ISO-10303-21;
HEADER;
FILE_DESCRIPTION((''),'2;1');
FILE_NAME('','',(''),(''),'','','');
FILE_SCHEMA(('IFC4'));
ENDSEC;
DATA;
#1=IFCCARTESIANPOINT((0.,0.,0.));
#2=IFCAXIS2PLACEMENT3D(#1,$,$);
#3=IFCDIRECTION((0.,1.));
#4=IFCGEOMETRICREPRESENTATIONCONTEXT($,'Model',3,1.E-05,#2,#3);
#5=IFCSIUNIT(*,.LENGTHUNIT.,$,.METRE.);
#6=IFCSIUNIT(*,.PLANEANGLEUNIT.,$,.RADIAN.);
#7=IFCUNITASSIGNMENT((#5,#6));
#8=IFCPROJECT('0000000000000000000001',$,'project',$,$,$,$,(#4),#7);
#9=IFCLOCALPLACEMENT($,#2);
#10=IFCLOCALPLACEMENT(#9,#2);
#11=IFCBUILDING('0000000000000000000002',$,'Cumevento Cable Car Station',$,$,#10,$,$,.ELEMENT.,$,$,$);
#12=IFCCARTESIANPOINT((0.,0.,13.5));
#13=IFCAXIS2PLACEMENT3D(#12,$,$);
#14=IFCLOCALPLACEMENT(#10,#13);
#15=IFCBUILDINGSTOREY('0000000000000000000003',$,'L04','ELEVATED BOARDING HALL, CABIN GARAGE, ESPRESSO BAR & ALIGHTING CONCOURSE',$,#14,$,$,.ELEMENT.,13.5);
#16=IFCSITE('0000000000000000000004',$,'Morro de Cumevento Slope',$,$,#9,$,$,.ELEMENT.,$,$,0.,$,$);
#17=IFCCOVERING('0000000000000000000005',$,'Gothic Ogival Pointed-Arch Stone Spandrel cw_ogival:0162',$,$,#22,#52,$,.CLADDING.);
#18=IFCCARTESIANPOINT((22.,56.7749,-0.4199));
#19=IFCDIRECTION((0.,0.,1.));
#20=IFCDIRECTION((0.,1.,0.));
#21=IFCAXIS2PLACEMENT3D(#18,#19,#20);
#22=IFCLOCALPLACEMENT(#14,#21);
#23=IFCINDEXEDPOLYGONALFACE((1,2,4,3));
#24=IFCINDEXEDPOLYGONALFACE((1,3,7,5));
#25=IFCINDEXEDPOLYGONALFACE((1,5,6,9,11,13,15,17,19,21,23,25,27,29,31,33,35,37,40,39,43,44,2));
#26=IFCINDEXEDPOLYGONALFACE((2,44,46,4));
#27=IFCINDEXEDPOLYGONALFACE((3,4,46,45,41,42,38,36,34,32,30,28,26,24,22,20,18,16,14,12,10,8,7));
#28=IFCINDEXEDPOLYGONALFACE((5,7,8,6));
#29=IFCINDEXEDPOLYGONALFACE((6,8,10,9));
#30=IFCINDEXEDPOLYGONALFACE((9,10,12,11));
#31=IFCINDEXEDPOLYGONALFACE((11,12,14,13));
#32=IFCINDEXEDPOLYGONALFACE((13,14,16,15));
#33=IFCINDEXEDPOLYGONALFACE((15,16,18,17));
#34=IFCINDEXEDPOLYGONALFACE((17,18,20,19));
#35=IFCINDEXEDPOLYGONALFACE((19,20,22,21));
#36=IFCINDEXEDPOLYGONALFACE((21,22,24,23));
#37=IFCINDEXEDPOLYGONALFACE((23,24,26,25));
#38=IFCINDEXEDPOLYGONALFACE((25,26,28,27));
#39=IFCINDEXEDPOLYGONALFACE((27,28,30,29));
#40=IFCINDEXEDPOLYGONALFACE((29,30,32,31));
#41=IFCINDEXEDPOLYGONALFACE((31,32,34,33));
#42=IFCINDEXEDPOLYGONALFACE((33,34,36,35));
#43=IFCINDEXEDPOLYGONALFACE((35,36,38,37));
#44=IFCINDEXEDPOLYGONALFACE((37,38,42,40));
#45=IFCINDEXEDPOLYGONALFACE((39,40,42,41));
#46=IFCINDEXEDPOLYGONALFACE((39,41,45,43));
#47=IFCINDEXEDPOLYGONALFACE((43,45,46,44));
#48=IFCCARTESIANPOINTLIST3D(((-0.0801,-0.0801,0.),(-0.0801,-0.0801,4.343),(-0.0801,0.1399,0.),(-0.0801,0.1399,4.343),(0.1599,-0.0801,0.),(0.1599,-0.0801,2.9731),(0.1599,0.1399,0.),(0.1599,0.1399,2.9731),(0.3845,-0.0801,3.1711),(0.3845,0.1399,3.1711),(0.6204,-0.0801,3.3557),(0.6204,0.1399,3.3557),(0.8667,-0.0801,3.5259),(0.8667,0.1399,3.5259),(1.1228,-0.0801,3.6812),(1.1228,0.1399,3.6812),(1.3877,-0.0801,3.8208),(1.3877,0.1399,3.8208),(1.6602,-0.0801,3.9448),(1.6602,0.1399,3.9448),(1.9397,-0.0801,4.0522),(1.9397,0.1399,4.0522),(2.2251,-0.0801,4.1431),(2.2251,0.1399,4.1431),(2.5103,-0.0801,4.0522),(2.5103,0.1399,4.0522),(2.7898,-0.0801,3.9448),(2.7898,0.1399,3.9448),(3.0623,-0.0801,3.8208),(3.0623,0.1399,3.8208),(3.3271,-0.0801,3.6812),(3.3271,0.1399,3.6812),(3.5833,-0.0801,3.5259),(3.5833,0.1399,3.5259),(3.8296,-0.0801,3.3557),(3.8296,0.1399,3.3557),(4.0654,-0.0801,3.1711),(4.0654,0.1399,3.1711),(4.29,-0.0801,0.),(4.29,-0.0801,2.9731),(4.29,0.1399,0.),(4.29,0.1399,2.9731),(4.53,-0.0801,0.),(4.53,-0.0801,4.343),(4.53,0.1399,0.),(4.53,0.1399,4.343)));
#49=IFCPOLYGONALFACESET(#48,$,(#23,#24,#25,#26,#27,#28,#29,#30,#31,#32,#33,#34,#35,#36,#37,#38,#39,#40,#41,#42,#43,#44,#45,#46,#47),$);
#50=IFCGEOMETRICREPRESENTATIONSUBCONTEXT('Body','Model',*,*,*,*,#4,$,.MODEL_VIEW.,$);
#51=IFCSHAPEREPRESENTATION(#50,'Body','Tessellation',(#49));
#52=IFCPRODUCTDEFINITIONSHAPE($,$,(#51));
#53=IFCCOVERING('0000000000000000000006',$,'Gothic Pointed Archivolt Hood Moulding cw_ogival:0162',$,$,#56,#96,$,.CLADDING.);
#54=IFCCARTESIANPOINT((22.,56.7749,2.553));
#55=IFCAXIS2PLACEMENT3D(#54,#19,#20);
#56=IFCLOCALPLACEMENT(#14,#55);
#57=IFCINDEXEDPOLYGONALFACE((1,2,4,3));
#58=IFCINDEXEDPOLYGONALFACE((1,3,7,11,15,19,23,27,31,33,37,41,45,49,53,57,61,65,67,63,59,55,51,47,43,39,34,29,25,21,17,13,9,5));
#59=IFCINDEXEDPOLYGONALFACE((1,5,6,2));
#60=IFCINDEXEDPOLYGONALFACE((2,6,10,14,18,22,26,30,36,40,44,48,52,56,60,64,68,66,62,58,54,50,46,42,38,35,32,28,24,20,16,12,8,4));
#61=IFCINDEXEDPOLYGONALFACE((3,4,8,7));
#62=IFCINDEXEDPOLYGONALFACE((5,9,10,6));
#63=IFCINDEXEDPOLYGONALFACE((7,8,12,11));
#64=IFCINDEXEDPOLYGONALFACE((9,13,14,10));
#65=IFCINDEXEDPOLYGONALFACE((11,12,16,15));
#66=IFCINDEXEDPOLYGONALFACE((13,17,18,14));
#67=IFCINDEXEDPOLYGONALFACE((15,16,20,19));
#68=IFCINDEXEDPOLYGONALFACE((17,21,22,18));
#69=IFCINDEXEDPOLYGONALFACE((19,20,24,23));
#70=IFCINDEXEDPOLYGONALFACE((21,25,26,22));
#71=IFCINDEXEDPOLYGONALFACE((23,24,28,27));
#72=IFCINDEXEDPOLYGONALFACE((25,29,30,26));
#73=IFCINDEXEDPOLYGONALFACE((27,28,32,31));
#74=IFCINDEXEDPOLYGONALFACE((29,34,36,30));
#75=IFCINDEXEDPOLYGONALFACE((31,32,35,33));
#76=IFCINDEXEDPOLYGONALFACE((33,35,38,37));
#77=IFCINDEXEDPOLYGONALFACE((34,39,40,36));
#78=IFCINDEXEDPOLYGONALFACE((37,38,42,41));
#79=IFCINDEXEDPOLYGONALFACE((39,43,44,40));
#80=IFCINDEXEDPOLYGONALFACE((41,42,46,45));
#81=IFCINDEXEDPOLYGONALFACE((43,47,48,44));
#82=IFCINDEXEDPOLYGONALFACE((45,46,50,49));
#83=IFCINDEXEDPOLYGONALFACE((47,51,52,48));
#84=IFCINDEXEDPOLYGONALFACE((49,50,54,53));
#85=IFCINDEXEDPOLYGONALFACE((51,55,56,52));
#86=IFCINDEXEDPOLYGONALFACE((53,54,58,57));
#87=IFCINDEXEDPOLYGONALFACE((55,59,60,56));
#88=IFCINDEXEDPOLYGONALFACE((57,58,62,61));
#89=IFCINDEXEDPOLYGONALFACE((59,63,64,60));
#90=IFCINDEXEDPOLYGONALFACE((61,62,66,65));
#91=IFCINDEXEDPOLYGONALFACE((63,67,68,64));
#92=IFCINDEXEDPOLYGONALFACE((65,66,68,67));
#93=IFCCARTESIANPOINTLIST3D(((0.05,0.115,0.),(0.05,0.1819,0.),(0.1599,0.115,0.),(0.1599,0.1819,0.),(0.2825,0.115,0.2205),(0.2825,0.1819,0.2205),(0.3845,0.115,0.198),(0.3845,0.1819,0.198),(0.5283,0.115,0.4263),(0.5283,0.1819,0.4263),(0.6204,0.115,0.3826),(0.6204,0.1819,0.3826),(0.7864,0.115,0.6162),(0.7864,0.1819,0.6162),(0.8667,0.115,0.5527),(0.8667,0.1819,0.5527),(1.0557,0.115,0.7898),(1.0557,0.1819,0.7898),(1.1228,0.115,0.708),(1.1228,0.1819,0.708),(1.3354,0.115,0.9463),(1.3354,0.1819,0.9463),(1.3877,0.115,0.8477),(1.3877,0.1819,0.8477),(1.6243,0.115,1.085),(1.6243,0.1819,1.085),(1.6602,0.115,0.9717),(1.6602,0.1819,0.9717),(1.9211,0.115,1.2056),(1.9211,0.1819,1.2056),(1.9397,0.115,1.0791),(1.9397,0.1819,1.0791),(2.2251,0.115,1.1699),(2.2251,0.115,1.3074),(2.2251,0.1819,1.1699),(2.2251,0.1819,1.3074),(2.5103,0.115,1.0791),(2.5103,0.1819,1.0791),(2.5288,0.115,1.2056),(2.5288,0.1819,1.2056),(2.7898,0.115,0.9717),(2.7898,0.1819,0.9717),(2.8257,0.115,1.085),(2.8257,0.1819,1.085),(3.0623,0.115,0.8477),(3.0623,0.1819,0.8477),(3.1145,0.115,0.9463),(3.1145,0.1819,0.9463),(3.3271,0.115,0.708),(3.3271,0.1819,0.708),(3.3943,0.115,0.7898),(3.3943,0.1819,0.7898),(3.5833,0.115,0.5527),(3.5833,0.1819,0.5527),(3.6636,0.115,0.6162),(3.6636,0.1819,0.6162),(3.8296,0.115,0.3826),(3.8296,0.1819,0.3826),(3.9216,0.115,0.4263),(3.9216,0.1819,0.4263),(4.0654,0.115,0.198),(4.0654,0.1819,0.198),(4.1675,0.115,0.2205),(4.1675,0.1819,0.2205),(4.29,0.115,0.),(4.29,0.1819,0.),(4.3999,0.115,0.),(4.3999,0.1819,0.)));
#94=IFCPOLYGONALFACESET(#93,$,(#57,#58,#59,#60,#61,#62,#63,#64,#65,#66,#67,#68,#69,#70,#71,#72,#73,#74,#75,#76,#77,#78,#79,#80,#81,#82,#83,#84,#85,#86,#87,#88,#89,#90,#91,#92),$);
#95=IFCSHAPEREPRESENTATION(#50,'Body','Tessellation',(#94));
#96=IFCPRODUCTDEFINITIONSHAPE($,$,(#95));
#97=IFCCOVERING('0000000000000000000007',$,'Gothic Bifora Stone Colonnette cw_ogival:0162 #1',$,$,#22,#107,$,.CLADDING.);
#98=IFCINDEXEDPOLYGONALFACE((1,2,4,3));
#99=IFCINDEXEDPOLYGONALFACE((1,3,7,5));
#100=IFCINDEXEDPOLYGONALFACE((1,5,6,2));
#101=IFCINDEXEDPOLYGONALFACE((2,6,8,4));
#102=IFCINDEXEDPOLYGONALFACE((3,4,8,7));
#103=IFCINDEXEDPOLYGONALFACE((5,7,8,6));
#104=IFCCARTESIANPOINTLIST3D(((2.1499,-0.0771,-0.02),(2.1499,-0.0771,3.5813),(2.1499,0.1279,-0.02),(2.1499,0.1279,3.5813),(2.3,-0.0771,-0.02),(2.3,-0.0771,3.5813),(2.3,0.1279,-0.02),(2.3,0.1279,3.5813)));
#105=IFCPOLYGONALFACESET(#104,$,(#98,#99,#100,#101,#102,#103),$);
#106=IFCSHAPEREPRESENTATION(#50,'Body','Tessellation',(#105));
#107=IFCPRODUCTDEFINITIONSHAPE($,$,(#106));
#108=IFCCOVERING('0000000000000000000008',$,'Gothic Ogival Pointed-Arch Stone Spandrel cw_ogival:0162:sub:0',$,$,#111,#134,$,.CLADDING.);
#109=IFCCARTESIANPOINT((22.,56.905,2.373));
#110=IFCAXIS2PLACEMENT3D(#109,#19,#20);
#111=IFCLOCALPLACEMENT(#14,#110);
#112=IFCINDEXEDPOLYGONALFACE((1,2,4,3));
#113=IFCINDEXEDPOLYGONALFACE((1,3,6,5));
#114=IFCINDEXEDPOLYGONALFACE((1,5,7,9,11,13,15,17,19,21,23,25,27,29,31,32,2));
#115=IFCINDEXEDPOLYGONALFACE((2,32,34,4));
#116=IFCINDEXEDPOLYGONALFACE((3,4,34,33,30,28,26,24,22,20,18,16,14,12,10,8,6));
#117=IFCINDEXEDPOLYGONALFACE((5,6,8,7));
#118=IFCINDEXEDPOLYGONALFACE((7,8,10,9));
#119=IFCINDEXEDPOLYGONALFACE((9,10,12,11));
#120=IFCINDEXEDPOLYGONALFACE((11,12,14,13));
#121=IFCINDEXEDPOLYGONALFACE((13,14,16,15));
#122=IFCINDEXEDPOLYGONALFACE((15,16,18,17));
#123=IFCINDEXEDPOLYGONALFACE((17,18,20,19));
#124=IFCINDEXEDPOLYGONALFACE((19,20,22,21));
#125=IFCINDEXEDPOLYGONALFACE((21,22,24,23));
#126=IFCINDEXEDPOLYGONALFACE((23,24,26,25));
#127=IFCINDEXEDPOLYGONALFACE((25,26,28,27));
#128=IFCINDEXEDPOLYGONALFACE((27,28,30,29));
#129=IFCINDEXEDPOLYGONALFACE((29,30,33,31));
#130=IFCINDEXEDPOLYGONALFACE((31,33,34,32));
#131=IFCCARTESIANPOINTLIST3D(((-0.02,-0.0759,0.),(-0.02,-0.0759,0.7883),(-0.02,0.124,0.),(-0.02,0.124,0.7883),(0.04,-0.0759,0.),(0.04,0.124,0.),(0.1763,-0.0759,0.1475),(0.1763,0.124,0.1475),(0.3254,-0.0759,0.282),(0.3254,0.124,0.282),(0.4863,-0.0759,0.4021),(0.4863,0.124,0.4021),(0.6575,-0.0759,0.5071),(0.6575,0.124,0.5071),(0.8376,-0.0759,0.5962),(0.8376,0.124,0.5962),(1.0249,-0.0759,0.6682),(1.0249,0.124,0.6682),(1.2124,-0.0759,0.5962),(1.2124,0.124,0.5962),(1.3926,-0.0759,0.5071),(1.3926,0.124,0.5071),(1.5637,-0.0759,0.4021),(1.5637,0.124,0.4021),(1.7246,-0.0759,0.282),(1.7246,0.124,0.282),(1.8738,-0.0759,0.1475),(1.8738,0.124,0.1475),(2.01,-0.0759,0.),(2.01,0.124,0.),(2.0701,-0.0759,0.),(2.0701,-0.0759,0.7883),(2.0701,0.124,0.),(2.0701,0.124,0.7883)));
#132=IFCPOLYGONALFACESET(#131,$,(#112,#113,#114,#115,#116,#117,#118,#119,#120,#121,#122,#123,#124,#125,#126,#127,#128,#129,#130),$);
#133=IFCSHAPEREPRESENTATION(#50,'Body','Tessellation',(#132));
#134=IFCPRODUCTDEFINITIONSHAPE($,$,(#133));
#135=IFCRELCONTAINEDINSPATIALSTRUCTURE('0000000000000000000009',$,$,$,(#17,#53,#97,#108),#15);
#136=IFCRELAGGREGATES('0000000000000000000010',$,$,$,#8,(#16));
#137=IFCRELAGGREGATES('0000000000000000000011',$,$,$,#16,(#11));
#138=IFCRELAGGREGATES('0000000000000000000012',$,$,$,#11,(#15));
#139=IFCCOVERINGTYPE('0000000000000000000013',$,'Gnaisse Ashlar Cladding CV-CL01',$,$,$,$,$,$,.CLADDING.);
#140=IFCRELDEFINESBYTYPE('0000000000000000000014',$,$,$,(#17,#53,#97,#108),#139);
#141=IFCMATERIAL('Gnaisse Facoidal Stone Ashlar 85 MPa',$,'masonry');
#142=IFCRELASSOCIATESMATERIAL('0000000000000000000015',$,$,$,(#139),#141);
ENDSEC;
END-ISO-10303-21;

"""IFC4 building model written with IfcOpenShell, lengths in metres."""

from ifc_helpers import new_model, si_unit, direction, frame, origin, place, context, subcontext, project, spatial, polyline, outline, extrude, material, type_object, element, save


model = new_model("IFC4")

# Units and contexts
model_context = context("Model", 3, precision=1e-05, world=origin(), true_north=direction((0.0, 1.0)))
body_context = subcontext(model_context, "Body", "Model", "MODEL_VIEW")
ifc_project = project(units=[si_unit("LENGTHUNIT", "METRE"), si_unit("PLANEANGLEUNIT", "RADIAN")], contexts=[model_context])

# Site, building, storey
site_placement = place(None, origin())
site = spatial("IfcSite", under=ifc_project, at=site_placement, Name="Morro de Cumevento Slope", CompositionType="ELEMENT", RefElevation=0.0)
building_placement = place(site_placement, origin())
building = spatial("IfcBuilding", under=site, at=building_placement, Name="Cumevento Cable Car Station", CompositionType="ELEMENT")
storey_placement = place(building_placement, frame((0.0, 0.0, 13.5)))
storey = spatial("IfcBuildingStorey", under=building, at=storey_placement, Name="L04", Description="ELEVATED BOARDING HALL, CABIN GARAGE, ESPRESSO BAR & ALIGHTING CONCOURSE", CompositionType="ELEMENT", Elevation=13.5)

# Coverings
ifc_material_1 = material(Name="Gnaisse Facoidal Stone Ashlar 85 MPa", Category="masonry")
covering_type = type_object("IfcCoveringType", Name="Gnaisse Ashlar Cladding CV-CL01", PredefinedType="CLADDING", material=ifc_material_1)
placement = place(storey_placement, frame((22.0, 56.7749, -0.4199), z_axis=(0.0, 0.0, 1.0), x_axis=(0.0, 1.0, 0.0)))
element("IfcCovering", 1, at=placement, inside=storey, type_object=covering_type, Name="Gothic Ogival Pointed-Arch Stone Spandrel cw_ogival:0162", PredefinedType="CLADDING", context=body_context, shape_type="SweptSolid", body=[
    extrude(outline(polyline([(-0.0801, 0.0), (-0.0801, 4.343), (4.53, 4.343), (4.53, 0.0), (4.29, 0.0), (4.29, 2.9731), (4.0654, 3.1711), (3.8296, 3.3557), (3.5833, 3.5259), (3.3271, 3.6812), (3.0623, 3.8208), (2.7898, 3.9448), (2.5103, 4.0522), (2.2251, 4.1431), (1.9397, 4.0522), (1.6602, 3.9448), (1.3877, 3.8208), (1.1228, 3.6812), (0.8667, 3.5259), (0.6204, 3.3557), (0.3845, 3.1711), (0.1599, 2.9731), (0.1599, 0.0), (-0.0801, 0.0)])), frame((0.0, 0.1399, 0.0), z_axis=(0.0, -1.0, 0.0), x_axis=(1.0, 0.0, 0.0)), (0.0, 0.0, 1.0), 0.22),
])
covering_1_placement = place(storey_placement, frame((22.0, 56.7749, 2.553), z_axis=(0.0, 0.0, 1.0), x_axis=(0.0, 1.0, 0.0)))
element("IfcCovering", 2, at=covering_1_placement, inside=storey, type_object=covering_type, Name="Gothic Pointed Archivolt Hood Moulding cw_ogival:0162", PredefinedType="CLADDING", context=body_context, shape_type="SweptSolid", body=[
    extrude(outline(polyline([(0.1599, 0.0), (0.3845, 0.198), (0.6204, 0.3826), (0.8667, 0.5527), (1.1228, 0.708), (1.3877, 0.8477), (1.6602, 0.9717), (1.9397, 1.0791), (2.2251, 1.1699), (2.5103, 1.0791), (2.7898, 0.9717), (3.0623, 0.8477), (3.3271, 0.708), (3.5833, 0.5527), (3.8296, 0.3826), (4.0654, 0.198), (4.29, 0.0), (4.3999, 0.0), (4.1675, 0.2205), (3.9216, 0.4263), (3.6636, 0.6162), (3.3943, 0.7898), (3.1145, 0.9463), (2.8257, 1.085), (2.5288, 1.2056), (2.2251, 1.3074), (1.9211, 1.2056), (1.6243, 1.085), (1.3354, 0.9463), (1.0557, 0.7898), (0.7864, 0.6162), (0.5283, 0.4263), (0.2825, 0.2205), (0.05, 0.0), (0.1599, 0.0)])), frame((0.0, 0.1819, 0.0), z_axis=(0.0, -1.0, 0.0), x_axis=(1.0, 0.0, 0.0)), (0.0, 0.0, 1.0), 0.0669),
])
element("IfcCovering", 3, at=placement, inside=storey, type_object=covering_type, Name="Gothic Bifora Stone Colonnette cw_ogival:0162 #1", PredefinedType="CLADDING", context=body_context, shape_type="SweptSolid", body=[
    extrude(outline(polyline([(2.1499, -0.02), (2.3, -0.02), (2.3, 3.5813), (2.1499, 3.5813), (2.1499, -0.02)])), frame((0.0, 0.1279, 0.0), z_axis=(0.0, -1.0, 0.0), x_axis=(1.0, 0.0, 0.0)), (0.0, 0.0, 1.0), 0.2051),
])
covering_2_placement = place(storey_placement, frame((22.0, 56.905, 2.373), z_axis=(0.0, 0.0, 1.0), x_axis=(0.0, 1.0, 0.0)))
element("IfcCovering", 4, at=covering_2_placement, inside=storey, type_object=covering_type, Name="Gothic Ogival Pointed-Arch Stone Spandrel cw_ogival:0162:sub:0", PredefinedType="CLADDING", context=body_context, shape_type="SweptSolid", body=[
    extrude(outline(polyline([(-0.02, 0.0), (-0.02, 0.7883), (2.0701, 0.7883), (2.0701, 0.0), (2.01, 0.0), (1.8738, 0.1475), (1.7246, 0.282), (1.5637, 0.4021), (1.3926, 0.5071), (1.2124, 0.5962), (1.0249, 0.6682), (0.8376, 0.5962), (0.6575, 0.5071), (0.4863, 0.4021), (0.3254, 0.282), (0.1763, 0.1475), (0.04, 0.0), (-0.02, 0.0)])), frame((0.0, 0.124, 0.0), z_axis=(0.0, -1.0, 0.0), x_axis=(1.0, 0.0, 0.0)), (0.0, 0.0, 1.0), 0.2),
])

save(model, "model.ifc")
